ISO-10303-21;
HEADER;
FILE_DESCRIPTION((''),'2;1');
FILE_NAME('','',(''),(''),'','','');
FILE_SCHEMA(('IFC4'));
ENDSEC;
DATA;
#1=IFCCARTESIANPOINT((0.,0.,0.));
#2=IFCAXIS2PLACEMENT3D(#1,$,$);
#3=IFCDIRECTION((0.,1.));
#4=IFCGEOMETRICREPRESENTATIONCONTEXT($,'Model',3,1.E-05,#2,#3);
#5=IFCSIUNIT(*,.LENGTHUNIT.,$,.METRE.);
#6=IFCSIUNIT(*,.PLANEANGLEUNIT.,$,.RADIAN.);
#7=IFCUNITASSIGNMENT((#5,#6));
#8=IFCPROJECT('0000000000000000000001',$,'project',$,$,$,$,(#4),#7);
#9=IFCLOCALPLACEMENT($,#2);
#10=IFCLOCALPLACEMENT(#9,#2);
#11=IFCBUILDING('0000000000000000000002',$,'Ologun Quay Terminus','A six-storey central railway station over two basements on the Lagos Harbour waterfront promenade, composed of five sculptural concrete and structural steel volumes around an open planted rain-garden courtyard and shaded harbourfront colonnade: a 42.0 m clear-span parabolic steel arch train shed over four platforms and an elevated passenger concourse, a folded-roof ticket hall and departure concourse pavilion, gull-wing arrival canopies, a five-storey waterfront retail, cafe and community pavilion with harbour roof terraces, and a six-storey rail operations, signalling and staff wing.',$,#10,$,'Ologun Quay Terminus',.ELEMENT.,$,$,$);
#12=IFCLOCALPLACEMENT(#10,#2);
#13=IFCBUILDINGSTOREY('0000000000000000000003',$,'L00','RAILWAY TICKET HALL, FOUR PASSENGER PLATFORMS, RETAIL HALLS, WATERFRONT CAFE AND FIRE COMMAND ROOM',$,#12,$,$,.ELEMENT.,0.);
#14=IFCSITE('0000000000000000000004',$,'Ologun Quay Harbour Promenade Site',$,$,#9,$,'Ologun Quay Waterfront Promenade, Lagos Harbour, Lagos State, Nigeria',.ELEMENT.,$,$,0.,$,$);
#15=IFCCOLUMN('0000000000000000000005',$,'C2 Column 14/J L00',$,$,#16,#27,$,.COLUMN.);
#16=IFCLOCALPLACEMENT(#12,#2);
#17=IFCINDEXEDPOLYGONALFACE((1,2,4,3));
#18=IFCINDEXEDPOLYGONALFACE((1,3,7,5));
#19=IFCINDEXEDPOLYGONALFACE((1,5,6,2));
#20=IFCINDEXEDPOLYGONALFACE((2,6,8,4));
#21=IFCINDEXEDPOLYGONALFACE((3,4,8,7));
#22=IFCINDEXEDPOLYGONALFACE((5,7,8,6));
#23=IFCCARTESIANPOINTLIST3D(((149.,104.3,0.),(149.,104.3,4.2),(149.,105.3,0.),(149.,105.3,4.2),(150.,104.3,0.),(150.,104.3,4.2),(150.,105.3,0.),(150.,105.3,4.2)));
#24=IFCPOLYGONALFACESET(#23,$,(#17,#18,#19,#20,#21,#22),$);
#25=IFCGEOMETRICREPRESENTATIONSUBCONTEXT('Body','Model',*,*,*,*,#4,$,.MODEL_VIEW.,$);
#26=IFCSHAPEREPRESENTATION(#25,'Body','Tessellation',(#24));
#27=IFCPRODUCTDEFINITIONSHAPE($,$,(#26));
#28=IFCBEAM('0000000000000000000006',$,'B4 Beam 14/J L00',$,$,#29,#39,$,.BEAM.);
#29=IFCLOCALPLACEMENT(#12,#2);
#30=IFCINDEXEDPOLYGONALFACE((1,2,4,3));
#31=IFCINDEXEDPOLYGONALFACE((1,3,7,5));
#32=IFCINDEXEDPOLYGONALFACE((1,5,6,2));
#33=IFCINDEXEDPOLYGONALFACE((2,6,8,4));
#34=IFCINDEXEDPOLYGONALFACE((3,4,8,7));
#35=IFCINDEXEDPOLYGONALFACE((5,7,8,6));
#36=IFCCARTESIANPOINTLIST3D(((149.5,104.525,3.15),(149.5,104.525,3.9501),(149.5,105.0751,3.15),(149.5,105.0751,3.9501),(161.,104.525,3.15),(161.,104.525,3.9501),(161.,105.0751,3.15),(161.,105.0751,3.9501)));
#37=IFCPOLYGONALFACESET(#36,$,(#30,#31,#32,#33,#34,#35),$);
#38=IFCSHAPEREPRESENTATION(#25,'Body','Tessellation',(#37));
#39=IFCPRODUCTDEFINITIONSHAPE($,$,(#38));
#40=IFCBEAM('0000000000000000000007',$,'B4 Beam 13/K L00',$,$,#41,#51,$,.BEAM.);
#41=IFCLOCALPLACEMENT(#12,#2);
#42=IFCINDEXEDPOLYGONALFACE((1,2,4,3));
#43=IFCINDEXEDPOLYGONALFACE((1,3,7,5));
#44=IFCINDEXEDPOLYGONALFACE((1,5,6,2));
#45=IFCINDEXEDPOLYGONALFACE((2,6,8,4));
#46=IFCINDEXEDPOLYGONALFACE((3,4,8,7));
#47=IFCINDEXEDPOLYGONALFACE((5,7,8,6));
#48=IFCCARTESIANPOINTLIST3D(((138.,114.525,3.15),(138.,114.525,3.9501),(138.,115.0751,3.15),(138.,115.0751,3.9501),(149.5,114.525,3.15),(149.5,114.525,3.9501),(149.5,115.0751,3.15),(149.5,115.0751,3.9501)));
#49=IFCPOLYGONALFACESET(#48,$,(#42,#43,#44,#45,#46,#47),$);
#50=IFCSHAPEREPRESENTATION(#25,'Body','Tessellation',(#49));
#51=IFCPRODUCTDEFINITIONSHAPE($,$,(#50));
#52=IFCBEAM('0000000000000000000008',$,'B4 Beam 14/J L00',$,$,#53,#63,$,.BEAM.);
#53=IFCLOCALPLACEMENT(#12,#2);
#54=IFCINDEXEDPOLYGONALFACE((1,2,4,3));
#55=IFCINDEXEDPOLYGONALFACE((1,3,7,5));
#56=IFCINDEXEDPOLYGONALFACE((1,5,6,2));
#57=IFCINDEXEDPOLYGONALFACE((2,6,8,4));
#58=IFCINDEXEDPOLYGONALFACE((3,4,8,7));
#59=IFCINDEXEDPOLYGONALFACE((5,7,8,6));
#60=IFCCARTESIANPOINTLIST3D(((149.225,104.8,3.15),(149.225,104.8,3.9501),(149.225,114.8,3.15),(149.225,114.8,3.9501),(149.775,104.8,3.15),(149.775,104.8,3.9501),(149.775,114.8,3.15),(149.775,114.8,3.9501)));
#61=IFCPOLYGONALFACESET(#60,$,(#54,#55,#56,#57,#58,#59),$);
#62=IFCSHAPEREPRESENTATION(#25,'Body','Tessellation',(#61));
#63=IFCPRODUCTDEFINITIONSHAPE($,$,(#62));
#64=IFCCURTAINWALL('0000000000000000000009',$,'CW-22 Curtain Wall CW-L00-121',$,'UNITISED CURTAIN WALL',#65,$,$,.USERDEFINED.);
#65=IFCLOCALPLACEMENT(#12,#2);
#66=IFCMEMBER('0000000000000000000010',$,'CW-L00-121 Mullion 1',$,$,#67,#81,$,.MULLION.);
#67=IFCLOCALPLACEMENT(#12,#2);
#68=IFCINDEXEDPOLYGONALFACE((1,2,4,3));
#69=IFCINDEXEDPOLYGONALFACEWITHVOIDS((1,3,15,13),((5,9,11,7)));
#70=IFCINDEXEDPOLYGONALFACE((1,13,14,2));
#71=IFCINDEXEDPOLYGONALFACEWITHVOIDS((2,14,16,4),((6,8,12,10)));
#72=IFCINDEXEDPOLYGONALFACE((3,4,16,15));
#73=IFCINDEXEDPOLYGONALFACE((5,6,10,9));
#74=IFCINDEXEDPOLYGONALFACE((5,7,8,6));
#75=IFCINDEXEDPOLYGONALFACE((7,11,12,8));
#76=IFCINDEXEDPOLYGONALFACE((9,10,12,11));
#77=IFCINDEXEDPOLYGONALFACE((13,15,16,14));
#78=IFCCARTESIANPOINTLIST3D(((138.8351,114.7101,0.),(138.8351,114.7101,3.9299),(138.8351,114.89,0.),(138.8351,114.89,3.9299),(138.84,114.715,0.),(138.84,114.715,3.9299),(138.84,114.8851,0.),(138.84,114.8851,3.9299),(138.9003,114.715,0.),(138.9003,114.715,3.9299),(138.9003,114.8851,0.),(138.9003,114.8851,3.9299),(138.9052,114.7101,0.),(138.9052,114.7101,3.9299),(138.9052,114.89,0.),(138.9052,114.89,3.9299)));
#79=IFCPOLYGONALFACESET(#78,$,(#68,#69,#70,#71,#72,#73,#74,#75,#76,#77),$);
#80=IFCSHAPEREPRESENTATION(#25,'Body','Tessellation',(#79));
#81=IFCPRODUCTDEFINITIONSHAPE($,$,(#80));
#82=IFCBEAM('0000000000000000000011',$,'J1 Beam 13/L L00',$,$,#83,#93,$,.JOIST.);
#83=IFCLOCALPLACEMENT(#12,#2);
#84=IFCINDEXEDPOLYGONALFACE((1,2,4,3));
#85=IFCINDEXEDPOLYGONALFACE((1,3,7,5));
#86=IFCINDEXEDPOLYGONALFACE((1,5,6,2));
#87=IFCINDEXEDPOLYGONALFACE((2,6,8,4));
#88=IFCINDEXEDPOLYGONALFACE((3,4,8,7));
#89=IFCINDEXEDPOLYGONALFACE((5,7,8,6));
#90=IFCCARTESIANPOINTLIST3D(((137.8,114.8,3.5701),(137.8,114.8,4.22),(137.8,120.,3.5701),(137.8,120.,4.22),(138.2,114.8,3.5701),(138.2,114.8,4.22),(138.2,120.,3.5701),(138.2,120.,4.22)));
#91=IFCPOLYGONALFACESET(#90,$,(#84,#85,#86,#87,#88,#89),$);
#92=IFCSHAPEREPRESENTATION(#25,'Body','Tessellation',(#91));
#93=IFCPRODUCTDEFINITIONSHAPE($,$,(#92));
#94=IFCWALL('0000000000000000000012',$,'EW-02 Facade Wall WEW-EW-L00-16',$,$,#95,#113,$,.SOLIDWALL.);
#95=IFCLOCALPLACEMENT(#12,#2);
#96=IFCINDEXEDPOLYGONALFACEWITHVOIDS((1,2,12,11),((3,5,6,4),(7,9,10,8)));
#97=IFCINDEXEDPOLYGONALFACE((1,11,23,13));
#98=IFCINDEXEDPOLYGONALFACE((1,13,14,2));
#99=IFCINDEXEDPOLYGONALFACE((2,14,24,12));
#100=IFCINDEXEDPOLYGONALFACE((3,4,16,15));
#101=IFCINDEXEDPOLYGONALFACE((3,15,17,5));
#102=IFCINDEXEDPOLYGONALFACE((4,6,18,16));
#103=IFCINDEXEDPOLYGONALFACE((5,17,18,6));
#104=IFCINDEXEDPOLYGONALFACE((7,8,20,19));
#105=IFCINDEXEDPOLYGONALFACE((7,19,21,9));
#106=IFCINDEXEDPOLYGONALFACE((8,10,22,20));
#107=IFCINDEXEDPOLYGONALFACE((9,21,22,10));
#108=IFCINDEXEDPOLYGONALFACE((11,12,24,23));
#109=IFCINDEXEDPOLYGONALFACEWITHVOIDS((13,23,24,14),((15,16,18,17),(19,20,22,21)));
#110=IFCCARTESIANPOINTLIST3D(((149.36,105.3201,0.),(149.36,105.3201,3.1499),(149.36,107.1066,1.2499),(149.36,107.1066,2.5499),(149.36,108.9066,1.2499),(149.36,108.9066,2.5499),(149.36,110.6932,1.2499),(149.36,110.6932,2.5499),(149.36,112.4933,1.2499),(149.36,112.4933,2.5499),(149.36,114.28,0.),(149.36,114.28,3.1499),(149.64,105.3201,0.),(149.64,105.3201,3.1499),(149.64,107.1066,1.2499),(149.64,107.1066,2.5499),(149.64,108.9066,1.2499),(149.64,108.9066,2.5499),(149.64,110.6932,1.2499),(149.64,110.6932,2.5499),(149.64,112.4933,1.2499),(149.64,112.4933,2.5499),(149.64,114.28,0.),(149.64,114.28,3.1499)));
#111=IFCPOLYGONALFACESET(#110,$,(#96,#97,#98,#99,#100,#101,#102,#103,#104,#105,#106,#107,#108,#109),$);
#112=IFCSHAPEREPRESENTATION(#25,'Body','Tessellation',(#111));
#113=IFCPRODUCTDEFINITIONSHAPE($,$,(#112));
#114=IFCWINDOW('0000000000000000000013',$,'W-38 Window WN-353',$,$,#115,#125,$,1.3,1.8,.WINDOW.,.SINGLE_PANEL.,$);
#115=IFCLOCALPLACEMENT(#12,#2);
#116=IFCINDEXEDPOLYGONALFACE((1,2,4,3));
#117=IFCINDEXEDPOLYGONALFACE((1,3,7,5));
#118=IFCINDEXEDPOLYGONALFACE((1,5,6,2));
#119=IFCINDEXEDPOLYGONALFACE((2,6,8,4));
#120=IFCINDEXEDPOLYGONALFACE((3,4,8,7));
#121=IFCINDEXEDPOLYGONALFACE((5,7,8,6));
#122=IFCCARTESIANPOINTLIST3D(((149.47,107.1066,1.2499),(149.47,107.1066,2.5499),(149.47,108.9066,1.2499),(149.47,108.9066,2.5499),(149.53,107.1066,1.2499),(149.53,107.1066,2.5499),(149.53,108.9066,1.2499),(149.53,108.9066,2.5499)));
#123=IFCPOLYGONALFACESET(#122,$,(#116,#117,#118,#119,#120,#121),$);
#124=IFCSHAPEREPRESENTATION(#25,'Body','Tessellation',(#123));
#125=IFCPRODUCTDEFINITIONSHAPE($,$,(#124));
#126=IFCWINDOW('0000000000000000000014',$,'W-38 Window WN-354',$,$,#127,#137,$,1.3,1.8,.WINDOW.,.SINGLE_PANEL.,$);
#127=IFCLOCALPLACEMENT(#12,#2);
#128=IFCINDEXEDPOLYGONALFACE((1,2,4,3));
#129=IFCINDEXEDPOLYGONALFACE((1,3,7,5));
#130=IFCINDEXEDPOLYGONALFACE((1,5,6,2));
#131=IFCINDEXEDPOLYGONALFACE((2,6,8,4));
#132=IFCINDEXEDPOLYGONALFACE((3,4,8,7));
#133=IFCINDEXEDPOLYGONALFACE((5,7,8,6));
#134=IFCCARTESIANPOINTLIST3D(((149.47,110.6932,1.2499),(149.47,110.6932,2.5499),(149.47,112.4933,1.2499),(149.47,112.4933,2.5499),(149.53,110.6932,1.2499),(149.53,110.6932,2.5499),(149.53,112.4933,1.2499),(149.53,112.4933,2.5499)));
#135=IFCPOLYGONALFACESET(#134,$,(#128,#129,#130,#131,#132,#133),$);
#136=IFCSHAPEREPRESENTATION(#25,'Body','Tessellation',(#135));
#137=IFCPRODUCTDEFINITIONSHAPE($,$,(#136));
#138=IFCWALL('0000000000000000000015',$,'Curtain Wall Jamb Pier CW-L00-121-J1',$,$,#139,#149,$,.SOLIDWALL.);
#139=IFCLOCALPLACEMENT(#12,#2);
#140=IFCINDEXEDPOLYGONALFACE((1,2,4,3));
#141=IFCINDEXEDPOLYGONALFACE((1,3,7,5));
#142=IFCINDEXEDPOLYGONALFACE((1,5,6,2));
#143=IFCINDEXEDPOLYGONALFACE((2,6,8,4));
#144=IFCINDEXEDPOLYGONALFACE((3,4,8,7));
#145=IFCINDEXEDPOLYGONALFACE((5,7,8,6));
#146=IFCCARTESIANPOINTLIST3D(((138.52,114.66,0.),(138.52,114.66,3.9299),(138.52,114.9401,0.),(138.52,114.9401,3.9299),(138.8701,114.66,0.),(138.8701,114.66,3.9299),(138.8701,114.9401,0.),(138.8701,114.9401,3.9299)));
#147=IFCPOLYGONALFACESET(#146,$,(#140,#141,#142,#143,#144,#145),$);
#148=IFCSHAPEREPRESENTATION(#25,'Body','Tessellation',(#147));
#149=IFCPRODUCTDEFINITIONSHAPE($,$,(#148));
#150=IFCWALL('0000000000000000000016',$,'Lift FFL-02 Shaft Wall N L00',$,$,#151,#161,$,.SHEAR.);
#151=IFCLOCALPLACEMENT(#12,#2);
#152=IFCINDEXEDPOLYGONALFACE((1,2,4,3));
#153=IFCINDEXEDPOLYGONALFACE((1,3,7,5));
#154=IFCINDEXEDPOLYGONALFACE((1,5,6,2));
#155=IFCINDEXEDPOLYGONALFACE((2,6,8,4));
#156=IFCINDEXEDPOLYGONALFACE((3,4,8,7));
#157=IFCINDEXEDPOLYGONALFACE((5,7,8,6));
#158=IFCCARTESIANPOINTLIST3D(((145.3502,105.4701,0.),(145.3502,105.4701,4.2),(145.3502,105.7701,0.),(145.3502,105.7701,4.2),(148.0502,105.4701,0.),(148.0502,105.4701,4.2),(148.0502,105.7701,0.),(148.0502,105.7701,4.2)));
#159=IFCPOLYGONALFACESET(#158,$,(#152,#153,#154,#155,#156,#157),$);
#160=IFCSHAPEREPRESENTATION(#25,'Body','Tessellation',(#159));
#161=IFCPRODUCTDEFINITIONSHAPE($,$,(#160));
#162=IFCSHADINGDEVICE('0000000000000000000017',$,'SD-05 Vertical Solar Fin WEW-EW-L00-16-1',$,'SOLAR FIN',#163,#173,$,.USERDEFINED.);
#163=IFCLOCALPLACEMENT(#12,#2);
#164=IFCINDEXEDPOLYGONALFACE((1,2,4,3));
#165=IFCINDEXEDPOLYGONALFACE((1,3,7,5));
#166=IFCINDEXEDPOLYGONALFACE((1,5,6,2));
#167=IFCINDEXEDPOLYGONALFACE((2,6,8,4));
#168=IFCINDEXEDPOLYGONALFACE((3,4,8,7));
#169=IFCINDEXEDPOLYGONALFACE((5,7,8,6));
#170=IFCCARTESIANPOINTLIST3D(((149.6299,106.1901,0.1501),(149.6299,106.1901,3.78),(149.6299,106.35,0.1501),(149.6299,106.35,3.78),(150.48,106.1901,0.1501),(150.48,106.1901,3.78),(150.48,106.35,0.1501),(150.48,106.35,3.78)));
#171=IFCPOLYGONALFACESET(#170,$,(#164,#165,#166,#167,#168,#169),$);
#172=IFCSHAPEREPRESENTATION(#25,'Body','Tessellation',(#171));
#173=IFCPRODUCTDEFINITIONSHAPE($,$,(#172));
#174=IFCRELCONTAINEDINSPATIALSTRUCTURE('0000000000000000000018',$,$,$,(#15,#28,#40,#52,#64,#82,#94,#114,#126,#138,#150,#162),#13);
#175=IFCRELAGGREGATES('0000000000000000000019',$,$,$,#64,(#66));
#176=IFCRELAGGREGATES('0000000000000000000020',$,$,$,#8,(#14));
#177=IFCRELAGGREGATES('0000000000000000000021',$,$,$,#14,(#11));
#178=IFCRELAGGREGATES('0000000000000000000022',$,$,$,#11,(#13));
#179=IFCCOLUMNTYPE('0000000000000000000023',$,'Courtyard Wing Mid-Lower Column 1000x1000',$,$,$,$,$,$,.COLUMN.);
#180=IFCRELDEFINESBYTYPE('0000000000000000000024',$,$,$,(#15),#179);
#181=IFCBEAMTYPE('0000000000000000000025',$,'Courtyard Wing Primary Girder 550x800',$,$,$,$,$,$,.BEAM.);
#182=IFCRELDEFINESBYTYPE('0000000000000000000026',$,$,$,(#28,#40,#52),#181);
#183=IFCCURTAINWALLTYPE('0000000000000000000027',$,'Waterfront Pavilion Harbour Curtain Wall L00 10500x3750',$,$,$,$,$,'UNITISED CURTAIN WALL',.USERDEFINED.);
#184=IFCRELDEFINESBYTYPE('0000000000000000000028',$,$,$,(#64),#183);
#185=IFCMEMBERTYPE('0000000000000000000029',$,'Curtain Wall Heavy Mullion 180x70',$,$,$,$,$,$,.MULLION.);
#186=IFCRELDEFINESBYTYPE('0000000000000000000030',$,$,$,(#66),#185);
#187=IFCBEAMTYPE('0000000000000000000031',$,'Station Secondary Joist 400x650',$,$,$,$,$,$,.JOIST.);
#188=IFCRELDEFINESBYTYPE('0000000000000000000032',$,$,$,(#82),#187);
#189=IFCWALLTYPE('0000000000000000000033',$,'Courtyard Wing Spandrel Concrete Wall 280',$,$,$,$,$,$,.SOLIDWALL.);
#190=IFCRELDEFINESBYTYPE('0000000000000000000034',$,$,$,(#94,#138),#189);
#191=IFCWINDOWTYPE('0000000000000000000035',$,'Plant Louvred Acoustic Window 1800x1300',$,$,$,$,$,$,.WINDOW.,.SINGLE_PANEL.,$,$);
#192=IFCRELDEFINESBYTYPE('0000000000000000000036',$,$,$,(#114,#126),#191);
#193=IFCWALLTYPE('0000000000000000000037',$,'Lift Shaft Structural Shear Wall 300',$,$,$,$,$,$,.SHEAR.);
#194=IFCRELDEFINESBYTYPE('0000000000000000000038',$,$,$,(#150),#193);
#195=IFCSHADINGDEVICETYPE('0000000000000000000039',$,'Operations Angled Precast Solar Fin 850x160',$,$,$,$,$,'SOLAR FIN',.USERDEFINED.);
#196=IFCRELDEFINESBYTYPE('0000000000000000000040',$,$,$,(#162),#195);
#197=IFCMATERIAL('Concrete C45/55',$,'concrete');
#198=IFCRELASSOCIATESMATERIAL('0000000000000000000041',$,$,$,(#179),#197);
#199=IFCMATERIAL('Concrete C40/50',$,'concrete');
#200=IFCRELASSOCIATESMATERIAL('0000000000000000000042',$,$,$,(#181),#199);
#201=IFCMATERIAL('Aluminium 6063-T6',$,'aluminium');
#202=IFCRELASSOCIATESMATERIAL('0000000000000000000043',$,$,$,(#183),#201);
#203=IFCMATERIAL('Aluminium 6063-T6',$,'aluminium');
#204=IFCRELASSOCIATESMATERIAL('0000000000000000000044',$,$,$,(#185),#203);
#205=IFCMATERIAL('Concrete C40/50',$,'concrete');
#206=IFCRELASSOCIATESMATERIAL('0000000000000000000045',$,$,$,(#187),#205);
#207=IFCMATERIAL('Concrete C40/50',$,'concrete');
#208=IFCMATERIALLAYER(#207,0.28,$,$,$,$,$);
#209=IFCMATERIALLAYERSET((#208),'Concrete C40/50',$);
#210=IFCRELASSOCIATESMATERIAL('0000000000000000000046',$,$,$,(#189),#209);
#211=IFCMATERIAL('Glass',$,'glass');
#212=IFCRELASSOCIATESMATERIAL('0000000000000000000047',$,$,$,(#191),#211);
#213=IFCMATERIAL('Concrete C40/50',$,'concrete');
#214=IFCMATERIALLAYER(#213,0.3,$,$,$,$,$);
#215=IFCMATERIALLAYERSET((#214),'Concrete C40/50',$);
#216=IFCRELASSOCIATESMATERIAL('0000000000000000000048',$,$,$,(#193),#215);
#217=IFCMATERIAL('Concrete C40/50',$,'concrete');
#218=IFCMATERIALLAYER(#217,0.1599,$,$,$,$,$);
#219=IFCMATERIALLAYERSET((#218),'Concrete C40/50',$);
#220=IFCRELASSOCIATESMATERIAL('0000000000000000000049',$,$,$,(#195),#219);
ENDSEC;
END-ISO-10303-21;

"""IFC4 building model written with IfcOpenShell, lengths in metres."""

from ifc_helpers import new_model, si_unit, direction, frame, frame_2d, origin, origin_2d, place, context, subcontext, project, spatial, rectangle, hollow_rectangle, extrude, material, layer, layer_set, material_profile, profile_set, type_object, element, fill, aggregate, save


model = new_model("IFC4")

# Units and contexts
model_context = context("Model", 3, precision=1e-05, world=origin(), true_north=direction((0.0, 1.0)))
body_context = subcontext(model_context, "Body", "Model", "MODEL_VIEW")
ifc_project = project(units=[si_unit("LENGTHUNIT", "METRE"), si_unit("PLANEANGLEUNIT", "RADIAN")], contexts=[model_context])

# Site, building, storey
site_placement = place(None, origin())
site = spatial("IfcSite", under=ifc_project, at=site_placement, Name="Ologun Quay Harbour Promenade Site", LongName="Ologun Quay Waterfront Promenade, Lagos Harbour, Lagos State, Nigeria", CompositionType="ELEMENT", RefElevation=0.0)
building_placement = place(site_placement, origin())
building = spatial("IfcBuilding", under=site, at=building_placement, Name="Ologun Quay Terminus", Description="A six-storey central railway station over two basements on the Lagos Harbour waterfront promenade, composed of five sculptural concrete and structural steel volumes around an open planted rain-garden courtyard and shaded harbourfront colonnade: a 42.0 m clear-span parabolic steel arch train shed over four platforms and an elevated passenger concourse, a folded-roof ticket hall and departure concourse pavilion, gull-wing arrival canopies, a five-storey waterfront retail, cafe and community pavilion with harbour roof terraces, and a six-storey rail operations, signalling and staff wing.", LongName="Ologun Quay Terminus", CompositionType="ELEMENT")
storey_placement = place(building_placement, origin())
storey = spatial("IfcBuildingStorey", under=building, at=storey_placement, Name="L00", Description="RAILWAY TICKET HALL, FOUR PASSENGER PLATFORMS, RETAIL HALLS, WATERFRONT CAFE AND FIRE COMMAND ROOM", CompositionType="ELEMENT", Elevation=0.0)

# Column
ifc_material_1 = material(Name="Concrete C45/55", Category="concrete")
ifc_material_profile_1 = material_profile(ifc_material_1, rectangle(XDim=1.0, YDim=1.0, at=origin_2d()), Name="RC 1000x1000")
ifc_profile_set_1 = profile_set([ifc_material_profile_1], Name="Concrete C45/55")
column_type = type_object("IfcColumnType", Name="Courtyard Wing Mid-Lower Column 1000x1000", PredefinedType="COLUMN", material=ifc_profile_set_1)
column_placement = place(storey_placement, frame((149.5, 104.8, 0.0), z_axis=(0.0, 0.0, 1.0), x_axis=(1.0, 0.0, 0.0)))
element("IfcColumn", 1, at=column_placement, inside=storey, type_object=column_type, Name="C2 Column 14/J L00", PredefinedType="COLUMN", context=body_context, shape_type="SweptSolid", body=[
    extrude(rectangle(XDim=1.0, YDim=1.0, at=origin_2d()), origin(), (0.0, 0.0, 1.0), 4.2),
])

# Beams
ifc_material_2 = material(Name="Concrete C40/50", Category="concrete")
ifc_material_profile_2 = material_profile(ifc_material_2, rectangle(XDim=0.55, YDim=0.8, at=origin_2d()), Name="RC 550x800")
ifc_profile_set_2 = profile_set([ifc_material_profile_2], Name="Concrete C40/50")
beam_type_1 = type_object("IfcBeamType", Name="Courtyard Wing Primary Girder 550x800", PredefinedType="BEAM", material=ifc_profile_set_2)
for number, where, z_axis, x_axis, name in (
    (2, (149.5, 104.8, 3.55), (1.0, 0.0, 0.0), (0.0, 1.0, 0.0), "B4 Beam 14/J L00"),
    (3, (138.0, 114.8, 3.55), (1.0, 0.0, 0.0), (0.0, 1.0, 0.0), "B4 Beam 13/K L00"),
):
    element("IfcBeam", number, at=place(storey_placement, frame(where, z_axis=z_axis, x_axis=x_axis)), inside=storey, type_object=beam_type_1, Name=name, PredefinedType="BEAM", context=body_context, shape_type="SweptSolid", body=[
        extrude(rectangle(XDim=0.55, YDim=0.8, at=origin_2d()), origin(), (0.0, 0.0, 1.0), 11.5),
    ])
beam_1_placement = place(storey_placement, frame((149.5, 104.8, 3.55), z_axis=(0.0, 1.0, 0.0), x_axis=(-1.0, 0.0, 0.0)))
element("IfcBeam", 4, at=beam_1_placement, inside=storey, type_object=beam_type_1, Name="B4 Beam 14/J L00", PredefinedType="BEAM", context=body_context, shape_type="SweptSolid", body=[
    extrude(rectangle(XDim=0.55, YDim=0.8, at=origin_2d()), origin(), (0.0, 0.0, 1.0), 10.0),
])

# Curtain wall, member
ifc_material_3 = material(Name="Aluminium 6063-T6", Category="aluminium")
curtain_wall_type = type_object("IfcCurtainWallType", Name="Waterfront Pavilion Harbour Curtain Wall L00 10500x3750", ElementType="UNITISED CURTAIN WALL", PredefinedType="USERDEFINED", material=ifc_material_3)
curtain_wall_placement = place(storey_placement, origin())
curtain_wall = element("IfcCurtainWall", 5, at=curtain_wall_placement, inside=storey, type_object=curtain_wall_type, Name="CW-22 Curtain Wall CW-L00-121", ObjectType="UNITISED CURTAIN WALL", PredefinedType="USERDEFINED")
ifc_material_4 = material(Name="Aluminium 6063-T6", Category="aluminium")
ifc_material_profile_3 = material_profile(ifc_material_4, hollow_rectangle(XDim=0.0701, YDim=0.1799, WallThickness=0.0049, at=origin_2d()), Name="ALU 180x70x5")
ifc_profile_set_3 = profile_set([ifc_material_profile_3], Name="Aluminium 6063-T6")
member_type = type_object("IfcMemberType", Name="Curtain Wall Heavy Mullion 180x70", PredefinedType="MULLION", material=ifc_profile_set_3)
member_placement = place(storey_placement, frame((138.8701, 114.8, 0.0), z_axis=(0.0, 0.0, 1.0), x_axis=(1.0, 0.0, 0.0)))
member = element("IfcMember", 6, at=member_placement, type_object=member_type, Name="CW-L00-121 Mullion 1", PredefinedType="MULLION", context=body_context, shape_type="SweptSolid", body=[
    extrude(hollow_rectangle(XDim=0.0701, YDim=0.1799, WallThickness=0.0049, at=origin_2d()), origin(), (0.0, 0.0, 1.0), 3.9299),
])
aggregate(curtain_wall, [member])

# Beam
ifc_material_5 = material(Name="Concrete C40/50", Category="concrete")
ifc_material_profile_4 = material_profile(ifc_material_5, rectangle(XDim=0.3999, YDim=0.6499, at=origin_2d()), Name="RC 400x650")
ifc_profile_set_4 = profile_set([ifc_material_profile_4], Name="Concrete C40/50")
beam_type_2 = type_object("IfcBeamType", Name="Station Secondary Joist 400x650", PredefinedType="JOIST", material=ifc_profile_set_4)
beam_2_placement = place(storey_placement, frame((138.0, 114.8, 3.895), z_axis=(0.0, 1.0, 0.0), x_axis=(-1.0, 0.0, 0.0)))
element("IfcBeam", 7, at=beam_2_placement, inside=storey, type_object=beam_type_2, Name="J1 Beam 13/L L00", PredefinedType="JOIST", context=body_context, shape_type="SweptSolid", body=[
    extrude(rectangle(XDim=0.3999, YDim=0.6499, at=origin_2d()), origin(), (0.0, 0.0, 1.0), 5.2),
])

# Shared definitions
ifc_material_6 = material(Name="Concrete C40/50", Category="concrete")
ifc_layer_1 = layer(ifc_material_6, 0.28)
ifc_layer_set_1 = layer_set([ifc_layer_1], Name="Concrete C40/50")
wall_type_1 = type_object("IfcWallType", Name="Courtyard Wing Spandrel Concrete Wall 280", PredefinedType="SOLIDWALL", material=ifc_layer_set_1)

# Wall, openings, windows
wall_1_placement = place(storey_placement, frame((149.5, 105.3201, 0.0), z_axis=(0.0, 0.0, 1.0), x_axis=(0.0, 1.0, 0.0)))
wall_1 = element("IfcWall", 8, at=wall_1_placement, inside=storey, type_object=wall_type_1, Name="EW-02 Facade Wall WEW-EW-L00-16", PredefinedType="SOLIDWALL", context=body_context, shape_type="SweptSolid", body=[
    extrude(rectangle(XDim=8.96, YDim=0.28, at=frame_2d((4.48, 0.0))), origin(), (0.0, 0.0, 1.0), 3.1499),
])
opening_1_placement = place(wall_1_placement, frame((1.7866, 0.0, 1.25)))
opening_1 = element("IfcOpeningElement", 9, at=opening_1_placement, cuts=wall_1, PredefinedType="OPENING", context=body_context, shape_type="SweptSolid", body=[
    extrude(rectangle(XDim=1.8, YDim=1.3, at=frame_2d((0.8999, 0.6499))), frame((0.0, 0.1499, 0.0), z_axis=(0.0, -1.0, 0.0), x_axis=(1.0, 0.0, 0.0)), (0.0, 0.0, 1.0), 0.3),
])
opening_2_placement = place(wall_1_placement, frame((5.3733, 0.0, 1.25)))
opening_2 = element("IfcOpeningElement", 10, at=opening_2_placement, cuts=wall_1, PredefinedType="OPENING", context=body_context, shape_type="SweptSolid", body=[
    extrude(rectangle(XDim=1.8, YDim=1.3, at=frame_2d((0.8999, 0.6499))), frame((0.0, 0.1499, 0.0), z_axis=(0.0, -1.0, 0.0), x_axis=(1.0, 0.0, 0.0)), (0.0, 0.0, 1.0), 0.3),
])
ifc_material_7 = material(Name="Glass", Category="glass")
window_type_1 = type_object("IfcWindowType", Name="Plant Louvred Acoustic Window 1800x1300", PartitioningType="SINGLE_PANEL", PredefinedType="WINDOW", material=ifc_material_7)
window_1_placement = place(opening_1_placement, origin())
window_1 = element("IfcWindow", 11, at=window_1_placement, inside=storey, type_object=window_type_1, Name="W-38 Window WN-353", OverallHeight=1.3, OverallWidth=1.8, PartitioningType="SINGLE_PANEL", PredefinedType="WINDOW", context=body_context, shape_type="SweptSolid", body=[
    extrude(rectangle(XDim=1.8, YDim=1.3, at=frame_2d((0.8999, 0.6499))), frame((0.0, 0.03, 0.0), z_axis=(0.0, -1.0, 0.0), x_axis=(1.0, 0.0, 0.0)), (0.0, 0.0, 1.0), 0.0601),
])
fill(opening_1, window_1)
window_2_placement = place(opening_2_placement, origin())
window_2 = element("IfcWindow", 12, at=window_2_placement, inside=storey, type_object=window_type_1, Name="W-38 Window WN-354", OverallHeight=1.3, OverallWidth=1.8, PartitioningType="SINGLE_PANEL", PredefinedType="WINDOW", context=body_context, shape_type="SweptSolid", body=[
    extrude(rectangle(XDim=1.8, YDim=1.3, at=frame_2d((0.8999, 0.6499))), frame((0.0, 0.03, 0.0), z_axis=(0.0, -1.0, 0.0), x_axis=(1.0, 0.0, 0.0)), (0.0, 0.0, 1.0), 0.0601),
])
fill(opening_2, window_2)

# Walls
wall_2_placement = place(storey_placement, frame((138.52, 114.8, 0.0), z_axis=(0.0, 0.0, 1.0), x_axis=(1.0, 0.0, 0.0)))
element("IfcWall", 13, at=wall_2_placement, inside=storey, type_object=wall_type_1, Name="Curtain Wall Jamb Pier CW-L00-121-J1", PredefinedType="SOLIDWALL", context=body_context, shape_type="SweptSolid", body=[
    extrude(rectangle(XDim=0.3501, YDim=0.28, at=frame_2d((0.175, 0.0))), origin(), (0.0, 0.0, 1.0), 3.9299),
])
ifc_material_8 = material(Name="Concrete C40/50", Category="concrete")
ifc_layer_2 = layer(ifc_material_8, 0.3)
ifc_layer_set_2 = layer_set([ifc_layer_2], Name="Concrete C40/50")
wall_type_2 = type_object("IfcWallType", Name="Lift Shaft Structural Shear Wall 300", PredefinedType="SHEAR", material=ifc_layer_set_2)
wall_3_placement = place(storey_placement, frame((145.3501, 105.6201, 0.0), z_axis=(0.0, 0.0, 1.0), x_axis=(1.0, 0.0, 0.0)))
element("IfcWall", 14, at=wall_3_placement, inside=storey, type_object=wall_type_2, Name="Lift FFL-02 Shaft Wall N L00", PredefinedType="SHEAR", context=body_context, shape_type="SweptSolid", body=[
    extrude(rectangle(XDim=2.7, YDim=0.3, at=frame_2d((1.3501, 0.0))), origin(), (0.0, 0.0, 1.0), 4.2),
])

# Shading device
ifc_material_9 = material(Name="Concrete C40/50", Category="concrete")
ifc_layer_3 = layer(ifc_material_9, 0.1599)
ifc_layer_set_3 = layer_set([ifc_layer_3], Name="Concrete C40/50")
shading_device_type = type_object("IfcShadingDeviceType", Name="Operations Angled Precast Solar Fin 850x160", ElementType="SOLAR FIN", PredefinedType="USERDEFINED", material=ifc_layer_set_3)
for number, where, z_axis, x_axis, name in (
    (15, (150.0549, 106.27, 0.1501), (0.0, 0.0, 1.0), (1.0, 0.0, 0.0), "SD-05 Vertical Solar Fin WEW-EW-L00-16-1"),
):
    element("IfcShadingDevice", number, at=place(storey_placement, frame(where, z_axis=z_axis, x_axis=x_axis)), inside=storey, type_object=shading_device_type, Name=name, ObjectType="SOLAR FIN", PredefinedType="USERDEFINED", context=body_context, shape_type="SweptSolid", body=[
        extrude(rectangle(XDim=0.8501, YDim=0.1599, at=origin_2d()), origin(), (0.0, 0.0, 1.0), 3.6299),
    ])

save(model, "model.ifc")
